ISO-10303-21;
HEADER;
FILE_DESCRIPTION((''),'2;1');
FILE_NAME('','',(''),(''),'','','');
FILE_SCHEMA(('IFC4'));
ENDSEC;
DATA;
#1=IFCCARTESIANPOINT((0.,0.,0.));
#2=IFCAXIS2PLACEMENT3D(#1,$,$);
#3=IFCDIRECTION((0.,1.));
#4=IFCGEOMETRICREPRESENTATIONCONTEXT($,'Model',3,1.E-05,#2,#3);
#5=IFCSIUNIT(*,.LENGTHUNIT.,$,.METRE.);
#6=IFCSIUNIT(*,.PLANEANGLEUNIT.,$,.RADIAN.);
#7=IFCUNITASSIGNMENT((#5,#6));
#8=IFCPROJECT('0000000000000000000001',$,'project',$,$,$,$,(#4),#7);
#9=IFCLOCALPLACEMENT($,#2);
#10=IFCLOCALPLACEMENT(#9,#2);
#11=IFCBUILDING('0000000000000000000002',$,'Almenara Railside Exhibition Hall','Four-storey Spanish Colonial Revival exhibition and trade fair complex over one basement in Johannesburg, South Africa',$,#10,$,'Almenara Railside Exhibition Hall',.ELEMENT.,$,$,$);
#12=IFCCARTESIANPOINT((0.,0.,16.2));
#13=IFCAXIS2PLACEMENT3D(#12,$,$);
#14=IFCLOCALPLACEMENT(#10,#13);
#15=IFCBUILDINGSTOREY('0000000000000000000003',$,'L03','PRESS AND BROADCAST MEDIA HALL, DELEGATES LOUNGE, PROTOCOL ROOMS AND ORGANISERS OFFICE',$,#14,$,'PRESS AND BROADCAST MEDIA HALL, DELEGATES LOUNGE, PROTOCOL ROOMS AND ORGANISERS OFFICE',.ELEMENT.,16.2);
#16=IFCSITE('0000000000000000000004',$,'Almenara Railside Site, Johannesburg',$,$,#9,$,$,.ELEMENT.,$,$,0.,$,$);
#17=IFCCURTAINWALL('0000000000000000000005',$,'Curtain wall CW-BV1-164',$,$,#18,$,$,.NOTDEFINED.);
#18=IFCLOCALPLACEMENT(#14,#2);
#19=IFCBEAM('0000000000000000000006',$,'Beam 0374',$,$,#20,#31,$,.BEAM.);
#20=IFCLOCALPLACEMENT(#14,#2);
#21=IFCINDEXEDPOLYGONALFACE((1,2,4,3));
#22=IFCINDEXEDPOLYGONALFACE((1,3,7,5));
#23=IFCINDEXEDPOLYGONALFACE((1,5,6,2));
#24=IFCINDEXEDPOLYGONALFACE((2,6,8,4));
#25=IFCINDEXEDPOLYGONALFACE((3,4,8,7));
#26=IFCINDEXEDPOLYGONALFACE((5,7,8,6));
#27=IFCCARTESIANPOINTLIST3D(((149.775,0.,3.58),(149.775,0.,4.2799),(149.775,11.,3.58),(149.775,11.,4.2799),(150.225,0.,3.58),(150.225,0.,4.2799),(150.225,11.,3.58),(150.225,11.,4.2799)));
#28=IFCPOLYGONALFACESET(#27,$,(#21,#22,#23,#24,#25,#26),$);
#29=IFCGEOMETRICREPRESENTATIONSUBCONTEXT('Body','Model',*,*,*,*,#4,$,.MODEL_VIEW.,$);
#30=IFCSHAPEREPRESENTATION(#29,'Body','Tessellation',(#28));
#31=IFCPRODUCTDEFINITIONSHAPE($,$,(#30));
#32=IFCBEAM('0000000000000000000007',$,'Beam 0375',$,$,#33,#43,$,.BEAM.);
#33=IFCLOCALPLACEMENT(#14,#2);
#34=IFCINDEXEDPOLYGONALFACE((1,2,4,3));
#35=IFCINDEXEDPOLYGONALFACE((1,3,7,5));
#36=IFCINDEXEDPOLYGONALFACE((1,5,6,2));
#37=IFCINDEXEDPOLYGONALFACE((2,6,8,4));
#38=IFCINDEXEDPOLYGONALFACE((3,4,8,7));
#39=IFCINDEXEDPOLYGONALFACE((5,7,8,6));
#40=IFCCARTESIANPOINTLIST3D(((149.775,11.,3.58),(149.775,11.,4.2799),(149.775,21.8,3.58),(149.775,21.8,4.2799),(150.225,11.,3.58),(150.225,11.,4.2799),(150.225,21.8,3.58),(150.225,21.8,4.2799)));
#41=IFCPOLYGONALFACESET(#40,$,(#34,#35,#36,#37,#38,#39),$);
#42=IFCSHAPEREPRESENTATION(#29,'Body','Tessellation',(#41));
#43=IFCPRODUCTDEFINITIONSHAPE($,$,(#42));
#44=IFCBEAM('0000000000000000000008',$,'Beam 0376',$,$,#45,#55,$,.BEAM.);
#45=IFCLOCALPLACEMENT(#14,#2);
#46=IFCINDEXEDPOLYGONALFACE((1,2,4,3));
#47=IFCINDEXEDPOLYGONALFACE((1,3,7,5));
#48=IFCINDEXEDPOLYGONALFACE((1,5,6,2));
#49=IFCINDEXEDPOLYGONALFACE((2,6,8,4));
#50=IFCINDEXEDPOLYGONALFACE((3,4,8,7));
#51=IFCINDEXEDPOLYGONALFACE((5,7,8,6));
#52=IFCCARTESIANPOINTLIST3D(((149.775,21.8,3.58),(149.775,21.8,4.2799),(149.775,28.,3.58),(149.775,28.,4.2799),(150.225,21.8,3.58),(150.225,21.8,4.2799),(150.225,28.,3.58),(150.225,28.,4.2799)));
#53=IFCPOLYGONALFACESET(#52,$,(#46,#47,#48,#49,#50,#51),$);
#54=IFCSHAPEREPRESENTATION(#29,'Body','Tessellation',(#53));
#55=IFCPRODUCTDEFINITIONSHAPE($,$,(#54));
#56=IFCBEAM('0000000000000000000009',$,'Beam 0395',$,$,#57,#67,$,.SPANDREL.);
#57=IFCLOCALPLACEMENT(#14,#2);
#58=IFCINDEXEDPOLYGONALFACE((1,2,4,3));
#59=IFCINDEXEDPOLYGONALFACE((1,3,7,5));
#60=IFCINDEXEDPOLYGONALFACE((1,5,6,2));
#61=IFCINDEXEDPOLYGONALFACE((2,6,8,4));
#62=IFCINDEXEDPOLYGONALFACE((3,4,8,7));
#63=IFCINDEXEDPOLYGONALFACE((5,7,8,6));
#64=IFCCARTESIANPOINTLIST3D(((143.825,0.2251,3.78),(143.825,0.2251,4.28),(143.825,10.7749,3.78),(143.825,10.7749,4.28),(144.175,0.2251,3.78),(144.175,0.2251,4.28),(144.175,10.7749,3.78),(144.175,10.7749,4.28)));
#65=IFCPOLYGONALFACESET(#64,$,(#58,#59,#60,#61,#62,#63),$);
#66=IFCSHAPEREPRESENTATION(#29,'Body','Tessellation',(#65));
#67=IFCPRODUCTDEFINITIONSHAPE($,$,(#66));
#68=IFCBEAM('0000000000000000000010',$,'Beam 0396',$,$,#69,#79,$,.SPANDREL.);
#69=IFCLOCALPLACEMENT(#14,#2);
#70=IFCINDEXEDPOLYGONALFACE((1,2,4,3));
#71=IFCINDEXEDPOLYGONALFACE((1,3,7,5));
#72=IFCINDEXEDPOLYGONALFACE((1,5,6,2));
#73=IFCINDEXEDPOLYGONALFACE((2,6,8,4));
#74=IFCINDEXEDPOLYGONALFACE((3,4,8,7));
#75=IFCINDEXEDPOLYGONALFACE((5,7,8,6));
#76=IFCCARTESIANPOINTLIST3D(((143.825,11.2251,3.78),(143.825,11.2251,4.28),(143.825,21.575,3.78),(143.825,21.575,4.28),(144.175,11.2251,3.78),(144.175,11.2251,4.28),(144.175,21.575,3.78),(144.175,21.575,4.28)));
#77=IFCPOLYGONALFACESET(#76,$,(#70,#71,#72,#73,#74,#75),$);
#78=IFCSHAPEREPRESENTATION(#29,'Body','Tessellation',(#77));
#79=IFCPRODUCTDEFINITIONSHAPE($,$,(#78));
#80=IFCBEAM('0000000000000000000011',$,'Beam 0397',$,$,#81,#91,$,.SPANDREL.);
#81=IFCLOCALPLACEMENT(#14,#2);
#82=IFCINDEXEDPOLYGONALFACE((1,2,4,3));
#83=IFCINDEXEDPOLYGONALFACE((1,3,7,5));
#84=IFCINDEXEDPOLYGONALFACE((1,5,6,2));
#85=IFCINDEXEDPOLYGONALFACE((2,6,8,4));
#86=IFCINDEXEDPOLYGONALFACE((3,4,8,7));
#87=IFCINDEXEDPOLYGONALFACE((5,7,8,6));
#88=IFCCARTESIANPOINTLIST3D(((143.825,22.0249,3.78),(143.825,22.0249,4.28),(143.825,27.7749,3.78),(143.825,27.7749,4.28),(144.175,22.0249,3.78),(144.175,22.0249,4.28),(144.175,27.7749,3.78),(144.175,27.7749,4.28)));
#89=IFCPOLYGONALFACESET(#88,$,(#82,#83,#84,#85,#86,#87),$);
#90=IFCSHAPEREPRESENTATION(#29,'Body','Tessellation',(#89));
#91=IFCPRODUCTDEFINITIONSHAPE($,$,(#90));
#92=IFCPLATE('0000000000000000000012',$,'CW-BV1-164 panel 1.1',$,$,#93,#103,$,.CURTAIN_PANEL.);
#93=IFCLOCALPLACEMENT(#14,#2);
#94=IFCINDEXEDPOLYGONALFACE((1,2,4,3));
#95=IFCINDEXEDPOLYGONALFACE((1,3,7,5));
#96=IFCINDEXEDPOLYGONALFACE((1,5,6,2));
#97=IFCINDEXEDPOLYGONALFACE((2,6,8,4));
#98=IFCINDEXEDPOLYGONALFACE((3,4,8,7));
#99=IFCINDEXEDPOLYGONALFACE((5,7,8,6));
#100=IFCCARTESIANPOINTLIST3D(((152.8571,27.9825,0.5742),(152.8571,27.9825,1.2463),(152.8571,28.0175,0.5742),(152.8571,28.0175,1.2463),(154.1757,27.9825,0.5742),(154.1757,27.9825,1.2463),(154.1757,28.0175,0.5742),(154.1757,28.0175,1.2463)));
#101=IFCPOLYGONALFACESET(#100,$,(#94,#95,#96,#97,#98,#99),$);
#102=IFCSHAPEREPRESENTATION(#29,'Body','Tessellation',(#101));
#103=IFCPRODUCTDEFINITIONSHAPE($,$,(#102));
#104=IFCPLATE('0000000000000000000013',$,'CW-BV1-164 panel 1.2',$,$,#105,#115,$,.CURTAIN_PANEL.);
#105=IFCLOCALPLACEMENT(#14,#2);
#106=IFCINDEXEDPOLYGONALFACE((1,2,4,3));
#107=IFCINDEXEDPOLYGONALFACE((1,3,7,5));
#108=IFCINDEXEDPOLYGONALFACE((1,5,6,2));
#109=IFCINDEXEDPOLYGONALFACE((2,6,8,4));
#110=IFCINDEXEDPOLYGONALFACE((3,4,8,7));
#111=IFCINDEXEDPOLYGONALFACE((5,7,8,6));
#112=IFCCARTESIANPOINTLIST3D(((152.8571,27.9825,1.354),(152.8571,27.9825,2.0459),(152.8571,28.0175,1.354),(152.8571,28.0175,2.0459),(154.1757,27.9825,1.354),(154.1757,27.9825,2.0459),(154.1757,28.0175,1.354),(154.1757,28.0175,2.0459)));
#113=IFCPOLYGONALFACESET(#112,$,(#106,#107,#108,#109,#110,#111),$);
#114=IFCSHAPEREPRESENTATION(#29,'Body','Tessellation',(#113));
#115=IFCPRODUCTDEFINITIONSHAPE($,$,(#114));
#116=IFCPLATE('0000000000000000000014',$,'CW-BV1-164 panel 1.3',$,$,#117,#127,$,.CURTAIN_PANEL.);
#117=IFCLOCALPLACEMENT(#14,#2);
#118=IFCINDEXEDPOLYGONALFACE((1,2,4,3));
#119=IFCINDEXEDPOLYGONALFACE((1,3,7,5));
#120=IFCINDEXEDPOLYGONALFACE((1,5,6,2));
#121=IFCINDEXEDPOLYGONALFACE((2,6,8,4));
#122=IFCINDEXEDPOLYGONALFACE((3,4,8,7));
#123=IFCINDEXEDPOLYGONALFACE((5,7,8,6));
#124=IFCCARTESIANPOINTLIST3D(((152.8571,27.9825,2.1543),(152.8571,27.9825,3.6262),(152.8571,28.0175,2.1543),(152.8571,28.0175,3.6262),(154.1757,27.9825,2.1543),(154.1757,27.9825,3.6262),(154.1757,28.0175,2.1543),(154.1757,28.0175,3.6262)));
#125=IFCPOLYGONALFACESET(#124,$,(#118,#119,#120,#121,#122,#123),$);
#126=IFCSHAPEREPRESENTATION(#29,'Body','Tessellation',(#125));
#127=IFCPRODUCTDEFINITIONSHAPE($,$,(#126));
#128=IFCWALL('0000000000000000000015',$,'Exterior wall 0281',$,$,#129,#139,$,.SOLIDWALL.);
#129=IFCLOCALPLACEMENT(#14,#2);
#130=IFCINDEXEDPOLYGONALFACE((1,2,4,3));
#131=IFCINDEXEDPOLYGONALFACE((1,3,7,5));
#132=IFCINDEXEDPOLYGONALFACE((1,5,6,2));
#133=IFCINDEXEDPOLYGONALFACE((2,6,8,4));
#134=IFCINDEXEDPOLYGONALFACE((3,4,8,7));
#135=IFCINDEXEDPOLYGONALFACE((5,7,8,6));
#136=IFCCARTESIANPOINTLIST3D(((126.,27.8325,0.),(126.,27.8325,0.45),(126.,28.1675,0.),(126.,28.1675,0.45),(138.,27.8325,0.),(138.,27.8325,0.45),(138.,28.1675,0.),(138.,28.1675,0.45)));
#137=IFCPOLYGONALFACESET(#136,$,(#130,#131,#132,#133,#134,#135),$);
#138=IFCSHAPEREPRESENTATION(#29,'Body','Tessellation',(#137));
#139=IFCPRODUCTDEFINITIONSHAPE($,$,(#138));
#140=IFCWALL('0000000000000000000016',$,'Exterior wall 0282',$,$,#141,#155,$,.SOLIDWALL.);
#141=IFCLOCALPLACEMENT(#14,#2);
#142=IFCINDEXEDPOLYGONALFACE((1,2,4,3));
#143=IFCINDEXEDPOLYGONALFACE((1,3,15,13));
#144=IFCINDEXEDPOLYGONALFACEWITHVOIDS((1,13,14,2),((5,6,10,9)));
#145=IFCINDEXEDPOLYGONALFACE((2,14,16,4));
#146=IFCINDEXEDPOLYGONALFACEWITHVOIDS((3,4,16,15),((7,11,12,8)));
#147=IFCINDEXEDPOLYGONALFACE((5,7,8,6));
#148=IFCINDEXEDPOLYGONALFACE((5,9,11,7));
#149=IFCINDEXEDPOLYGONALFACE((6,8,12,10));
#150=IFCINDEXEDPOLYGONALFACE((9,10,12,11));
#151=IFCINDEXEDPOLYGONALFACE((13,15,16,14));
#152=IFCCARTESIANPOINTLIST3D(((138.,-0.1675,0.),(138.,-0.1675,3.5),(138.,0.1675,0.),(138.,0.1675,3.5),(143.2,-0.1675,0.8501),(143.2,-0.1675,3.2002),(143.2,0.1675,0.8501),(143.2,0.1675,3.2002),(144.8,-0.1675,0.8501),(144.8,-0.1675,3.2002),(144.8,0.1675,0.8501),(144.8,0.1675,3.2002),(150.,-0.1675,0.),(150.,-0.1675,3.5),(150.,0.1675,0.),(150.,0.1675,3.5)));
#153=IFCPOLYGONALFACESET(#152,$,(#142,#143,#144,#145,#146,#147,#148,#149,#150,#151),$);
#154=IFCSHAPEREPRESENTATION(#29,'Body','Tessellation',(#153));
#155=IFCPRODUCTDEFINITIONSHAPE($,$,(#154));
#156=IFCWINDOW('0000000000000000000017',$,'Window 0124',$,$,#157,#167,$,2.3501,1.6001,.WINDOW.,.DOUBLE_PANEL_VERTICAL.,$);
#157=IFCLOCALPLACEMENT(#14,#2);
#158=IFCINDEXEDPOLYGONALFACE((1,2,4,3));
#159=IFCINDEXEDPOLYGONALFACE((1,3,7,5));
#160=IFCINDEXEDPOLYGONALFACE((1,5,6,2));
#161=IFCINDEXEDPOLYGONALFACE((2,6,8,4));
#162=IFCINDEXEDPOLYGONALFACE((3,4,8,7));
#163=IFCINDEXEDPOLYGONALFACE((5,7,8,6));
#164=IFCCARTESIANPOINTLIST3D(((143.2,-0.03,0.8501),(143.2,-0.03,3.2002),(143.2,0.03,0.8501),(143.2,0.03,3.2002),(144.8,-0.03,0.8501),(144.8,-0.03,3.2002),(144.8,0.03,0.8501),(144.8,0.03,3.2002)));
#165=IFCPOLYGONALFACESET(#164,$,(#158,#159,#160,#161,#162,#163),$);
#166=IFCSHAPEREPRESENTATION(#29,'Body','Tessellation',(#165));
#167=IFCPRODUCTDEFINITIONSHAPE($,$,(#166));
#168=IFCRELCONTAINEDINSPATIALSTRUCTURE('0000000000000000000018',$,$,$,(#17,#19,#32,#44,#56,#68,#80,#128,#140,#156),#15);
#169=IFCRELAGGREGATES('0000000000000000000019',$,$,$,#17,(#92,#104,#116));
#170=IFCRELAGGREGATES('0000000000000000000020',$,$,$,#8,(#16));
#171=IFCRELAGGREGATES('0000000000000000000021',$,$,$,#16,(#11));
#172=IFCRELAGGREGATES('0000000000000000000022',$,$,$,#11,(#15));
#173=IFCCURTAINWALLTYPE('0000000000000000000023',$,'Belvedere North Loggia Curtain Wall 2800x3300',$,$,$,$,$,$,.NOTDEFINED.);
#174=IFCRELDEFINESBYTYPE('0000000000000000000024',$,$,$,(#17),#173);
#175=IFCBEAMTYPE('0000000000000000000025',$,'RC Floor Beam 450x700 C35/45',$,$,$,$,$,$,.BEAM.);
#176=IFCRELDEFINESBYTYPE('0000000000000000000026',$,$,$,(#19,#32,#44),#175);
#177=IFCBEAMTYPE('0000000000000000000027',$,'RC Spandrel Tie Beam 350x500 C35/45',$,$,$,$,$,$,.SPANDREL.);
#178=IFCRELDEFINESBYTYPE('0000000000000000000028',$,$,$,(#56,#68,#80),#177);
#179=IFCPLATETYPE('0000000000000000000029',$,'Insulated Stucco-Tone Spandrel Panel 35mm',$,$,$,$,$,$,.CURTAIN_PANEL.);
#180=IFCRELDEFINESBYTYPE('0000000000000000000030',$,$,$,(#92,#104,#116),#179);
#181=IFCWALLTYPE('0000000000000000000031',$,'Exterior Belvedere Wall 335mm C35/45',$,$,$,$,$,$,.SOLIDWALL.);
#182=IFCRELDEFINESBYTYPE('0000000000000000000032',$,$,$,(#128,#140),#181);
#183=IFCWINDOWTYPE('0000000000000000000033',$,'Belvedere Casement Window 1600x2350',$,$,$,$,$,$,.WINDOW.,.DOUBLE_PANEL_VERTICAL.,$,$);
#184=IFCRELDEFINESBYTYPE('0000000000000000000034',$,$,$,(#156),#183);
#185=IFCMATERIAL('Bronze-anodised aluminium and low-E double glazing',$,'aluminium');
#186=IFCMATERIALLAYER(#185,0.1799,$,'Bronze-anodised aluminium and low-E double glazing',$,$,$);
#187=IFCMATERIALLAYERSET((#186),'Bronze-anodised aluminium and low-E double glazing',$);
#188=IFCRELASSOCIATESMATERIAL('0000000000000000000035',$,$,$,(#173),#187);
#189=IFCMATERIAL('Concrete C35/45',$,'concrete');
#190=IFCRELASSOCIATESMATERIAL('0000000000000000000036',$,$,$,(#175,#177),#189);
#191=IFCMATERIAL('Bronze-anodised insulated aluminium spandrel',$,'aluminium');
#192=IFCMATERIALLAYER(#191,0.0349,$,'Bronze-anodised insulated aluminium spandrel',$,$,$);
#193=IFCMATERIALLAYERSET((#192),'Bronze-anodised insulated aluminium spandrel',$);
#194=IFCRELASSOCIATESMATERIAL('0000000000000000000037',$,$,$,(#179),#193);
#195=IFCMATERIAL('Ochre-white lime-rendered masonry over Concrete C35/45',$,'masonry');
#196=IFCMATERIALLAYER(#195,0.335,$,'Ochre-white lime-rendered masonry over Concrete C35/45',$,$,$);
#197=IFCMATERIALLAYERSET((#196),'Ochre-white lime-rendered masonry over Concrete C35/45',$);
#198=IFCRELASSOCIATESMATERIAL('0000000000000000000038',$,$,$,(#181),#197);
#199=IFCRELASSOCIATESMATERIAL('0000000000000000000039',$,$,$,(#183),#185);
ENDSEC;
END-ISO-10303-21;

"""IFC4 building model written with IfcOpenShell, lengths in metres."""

from ifc_helpers import new_model, si_unit, direction, frame, frame_2d, origin, origin_2d, place, context, subcontext, project, spatial, rectangle, extrude, material, layer, layer_set, material_profile, profile_set, type_object, element, fill, aggregate, save


model = new_model("IFC4")

# Units and contexts
model_context = context("Model", 3, precision=1e-05, world=origin(), true_north=direction((0.0, 1.0)))
body_context = subcontext(model_context, "Body", "Model", "MODEL_VIEW")
ifc_project = project(units=[si_unit("LENGTHUNIT", "METRE"), si_unit("PLANEANGLEUNIT", "RADIAN")], contexts=[model_context])

# Site, building, storey
site_placement = place(None, origin())
site = spatial("IfcSite", under=ifc_project, at=site_placement, Name="Almenara Railside Site, Johannesburg", CompositionType="ELEMENT", RefElevation=0.0)
building_placement = place(site_placement, origin())
building = spatial("IfcBuilding", under=site, at=building_placement, Name="Almenara Railside Exhibition Hall", Description="Four-storey Spanish Colonial Revival exhibition and trade fair complex over one basement in Johannesburg, South Africa", LongName="Almenara Railside Exhibition Hall", CompositionType="ELEMENT")
storey_placement = place(building_placement, frame((0.0, 0.0, 16.2)))
storey = spatial("IfcBuildingStorey", under=building, at=storey_placement, Name="L03", Description="PRESS AND BROADCAST MEDIA HALL, DELEGATES LOUNGE, PROTOCOL ROOMS AND ORGANISERS OFFICE", LongName="PRESS AND BROADCAST MEDIA HALL, DELEGATES LOUNGE, PROTOCOL ROOMS AND ORGANISERS OFFICE", CompositionType="ELEMENT", Elevation=16.2)

# Shared definitions
ifc_material_1 = material(Name="Concrete C35/45", Category="concrete")

# Curtain wall
ifc_material_2 = material(Name="Bronze-anodised aluminium and low-E double glazing", Category="aluminium")
ifc_layer_1 = layer(ifc_material_2, 0.1799, Name="Bronze-anodised aluminium and low-E double glazing")
ifc_layer_set_1 = layer_set([ifc_layer_1], Name="Bronze-anodised aluminium and low-E double glazing")
curtain_wall_type = type_object("IfcCurtainWallType", Name="Belvedere North Loggia Curtain Wall 2800x3300", PredefinedType="NOTDEFINED", material=ifc_layer_set_1)
curtain_wall_placement = place(storey_placement, origin())
curtain_wall = element("IfcCurtainWall", 1, at=curtain_wall_placement, inside=storey, type_object=curtain_wall_type, Name="Curtain wall CW-BV1-164", PredefinedType="NOTDEFINED")

# Beams
ifc_material_profile_1 = material_profile(ifc_material_1, rectangle(XDim=0.45, YDim=0.7, at=origin_2d()), Name="RC 450x700")
ifc_profile_set_1 = profile_set([ifc_material_profile_1], Name="Concrete C35/45")
beam_type_1 = type_object("IfcBeamType", Name="RC Floor Beam 450x700 C35/45", PredefinedType="BEAM", material=ifc_profile_set_1)
beam_1_placement = place(storey_placement, frame((150.0, 0.0, 3.9299), z_axis=(0.0, 1.0, 0.0), x_axis=(-1.0, 0.0, 0.0)))
element("IfcBeam", 2, at=beam_1_placement, inside=storey, type_object=beam_type_1, Name="Beam 0374", PredefinedType="BEAM", context=body_context, shape_type="SweptSolid", body=[
    extrude(rectangle(XDim=0.45, YDim=0.7, at=origin_2d()), origin(), (0.0, 0.0, 1.0), 11.0),
])
beam_2_placement = place(storey_placement, frame((150.0, 11.0, 3.9299), z_axis=(0.0, 1.0, 0.0), x_axis=(-1.0, 0.0, 0.0)))
element("IfcBeam", 3, at=beam_2_placement, inside=storey, type_object=beam_type_1, Name="Beam 0375", PredefinedType="BEAM", context=body_context, shape_type="SweptSolid", body=[
    extrude(rectangle(XDim=0.45, YDim=0.7, at=origin_2d()), origin(), (0.0, 0.0, 1.0), 10.8),
])
beam_3_placement = place(storey_placement, frame((150.0, 21.8, 3.9299), z_axis=(0.0, 1.0, 0.0), x_axis=(-1.0, 0.0, 0.0)))
element("IfcBeam", 4, at=beam_3_placement, inside=storey, type_object=beam_type_1, Name="Beam 0376", PredefinedType="BEAM", context=body_context, shape_type="SweptSolid", body=[
    extrude(rectangle(XDim=0.45, YDim=0.7, at=origin_2d()), origin(), (0.0, 0.0, 1.0), 6.2),
])
ifc_material_profile_2 = material_profile(ifc_material_1, rectangle(XDim=0.3501, YDim=0.5, at=origin_2d()), Name="RC 350x500")
ifc_profile_set_2 = profile_set([ifc_material_profile_2], Name="Concrete C35/45")
beam_type_2 = type_object("IfcBeamType", Name="RC Spandrel Tie Beam 350x500 C35/45", PredefinedType="SPANDREL", material=ifc_profile_set_2)
beam_4_placement = place(storey_placement, frame((144.0, 0.2251, 4.03), z_axis=(0.0, 1.0, 0.0), x_axis=(-1.0, 0.0, 0.0)))
element("IfcBeam", 5, at=beam_4_placement, inside=storey, type_object=beam_type_2, Name="Beam 0395", PredefinedType="SPANDREL", context=body_context, shape_type="SweptSolid", body=[
    extrude(rectangle(XDim=0.3501, YDim=0.5, at=origin_2d()), origin(), (0.0, 0.0, 1.0), 10.5498),
])
beam_5_placement = place(storey_placement, frame((144.0, 11.2251, 4.03), z_axis=(0.0, 1.0, 0.0), x_axis=(-1.0, 0.0, 0.0)))
element("IfcBeam", 6, at=beam_5_placement, inside=storey, type_object=beam_type_2, Name="Beam 0396", PredefinedType="SPANDREL", context=body_context, shape_type="SweptSolid", body=[
    extrude(rectangle(XDim=0.3501, YDim=0.5, at=origin_2d()), origin(), (0.0, 0.0, 1.0), 10.3499),
])
beam_6_placement = place(storey_placement, frame((144.0, 22.0249, 4.03), z_axis=(0.0, 1.0, 0.0), x_axis=(-1.0, 0.0, 0.0)))
element("IfcBeam", 7, at=beam_6_placement, inside=storey, type_object=beam_type_2, Name="Beam 0397", PredefinedType="SPANDREL", context=body_context, shape_type="SweptSolid", body=[
    extrude(rectangle(XDim=0.3501, YDim=0.5, at=origin_2d()), origin(), (0.0, 0.0, 1.0), 5.75),
])

# Plates
ifc_material_3 = material(Name="Bronze-anodised insulated aluminium spandrel", Category="aluminium")
ifc_layer_2 = layer(ifc_material_3, 0.0349, Name="Bronze-anodised insulated aluminium spandrel")
ifc_layer_set_2 = layer_set([ifc_layer_2], Name="Bronze-anodised insulated aluminium spandrel")
plate_type = type_object("IfcPlateType", Name="Insulated Stucco-Tone Spandrel Panel 35mm", PredefinedType="CURTAIN_PANEL", material=ifc_layer_set_2)
plate_1_placement = place(storey_placement, frame((153.5164, 28.0, 0.5742), z_axis=(0.0, 0.0, 1.0), x_axis=(1.0, 0.0, 0.0)))
plate_1 = element("IfcPlate", 8, at=plate_1_placement, type_object=plate_type, Name="CW-BV1-164 panel 1.1", PredefinedType="CURTAIN_PANEL", context=body_context, shape_type="SweptSolid", body=[
    extrude(rectangle(XDim=1.3186, YDim=0.0349, at=origin_2d()), origin(), (0.0, 0.0, 1.0), 0.6721),
])
plate_2_placement = place(storey_placement, frame((153.5164, 28.0, 1.354), z_axis=(0.0, 0.0, 1.0), x_axis=(1.0, 0.0, 0.0)))
plate_2 = element("IfcPlate", 9, at=plate_2_placement, type_object=plate_type, Name="CW-BV1-164 panel 1.2", PredefinedType="CURTAIN_PANEL", context=body_context, shape_type="SweptSolid", body=[
    extrude(rectangle(XDim=1.3186, YDim=0.0349, at=origin_2d()), origin(), (0.0, 0.0, 1.0), 0.6919),
])
plate_3_placement = place(storey_placement, frame((153.5164, 28.0, 2.1543), z_axis=(0.0, 0.0, 1.0), x_axis=(1.0, 0.0, 0.0)))
plate_3 = element("IfcPlate", 10, at=plate_3_placement, type_object=plate_type, Name="CW-BV1-164 panel 1.3", PredefinedType="CURTAIN_PANEL", context=body_context, shape_type="SweptSolid", body=[
    extrude(rectangle(XDim=1.3186, YDim=0.0349, at=origin_2d()), origin(), (0.0, 0.0, 1.0), 1.4719),
])
aggregate(curtain_wall, [plate_1, plate_2, plate_3])

# Wall
ifc_material_4 = material(Name="Ochre-white lime-rendered masonry over Concrete C35/45", Category="masonry")
ifc_layer_3 = layer(ifc_material_4, 0.335, Name="Ochre-white lime-rendered masonry over Concrete C35/45")
ifc_layer_set_3 = layer_set([ifc_layer_3], Name="Ochre-white lime-rendered masonry over Concrete C35/45")
wall_type = type_object("IfcWallType", Name="Exterior Belvedere Wall 335mm C35/45", PredefinedType="SOLIDWALL", material=ifc_layer_set_3)
wall_1_placement = place(storey_placement, frame((138.0, 28.0, 0.0), z_axis=(0.0, 0.0, 1.0), x_axis=(-1.0, 0.0, 0.0)))
element("IfcWall", 11, at=wall_1_placement, inside=storey, type_object=wall_type, Name="Exterior wall 0281", PredefinedType="SOLIDWALL", context=body_context, shape_type="SweptSolid", body=[
    extrude(rectangle(XDim=12.0, YDim=0.335, at=frame_2d((6.0, 0.0))), origin(), (0.0, 0.0, 1.0), 0.45),
])

# Wall, opening, window
wall_2_placement = place(storey_placement, frame((138.0, 0.0, 0.0), z_axis=(0.0, 0.0, 1.0), x_axis=(1.0, 0.0, 0.0)))
wall_2 = element("IfcWall", 12, at=wall_2_placement, inside=storey, type_object=wall_type, Name="Exterior wall 0282", PredefinedType="SOLIDWALL", context=body_context, shape_type="SweptSolid", body=[
    extrude(rectangle(XDim=12.0, YDim=0.335, at=frame_2d((6.0, 0.0))), origin(), (0.0, 0.0, 1.0), 3.5),
])
opening_1_placement = place(wall_2_placement, frame((5.2, 0.0, 0.8501)))
opening_1 = element("IfcOpeningElement", 13, at=opening_1_placement, cuts=wall_2, PredefinedType="OPENING", context=body_context, shape_type="SweptSolid", body=[
    extrude(rectangle(XDim=1.6001, YDim=2.3501, at=frame_2d((0.8, 1.175))), frame((0.0, 0.1775, 0.0), z_axis=(0.0, -1.0, 0.0), x_axis=(1.0, 0.0, 0.0)), (0.0, 0.0, 1.0), 0.355),
])
window_type = type_object("IfcWindowType", Name="Belvedere Casement Window 1600x2350", PartitioningType="DOUBLE_PANEL_VERTICAL", PredefinedType="WINDOW", material=ifc_material_2)
window_1_placement = place(opening_1_placement, origin())
window_1 = element("IfcWindow", 14, at=window_1_placement, inside=storey, type_object=window_type, Name="Window 0124", OverallHeight=2.3501, OverallWidth=1.6001, PartitioningType="DOUBLE_PANEL_VERTICAL", PredefinedType="WINDOW", context=body_context, shape_type="SweptSolid", body=[
    extrude(rectangle(XDim=1.6001, YDim=2.3501, at=frame_2d((0.8, 1.175))), frame((0.0, 0.03, 0.0), z_axis=(0.0, -1.0, 0.0), x_axis=(1.0, 0.0, 0.0)), (0.0, 0.0, 1.0), 0.0601),
])
fill(opening_1, window_1)

save(model, "model.ifc")
